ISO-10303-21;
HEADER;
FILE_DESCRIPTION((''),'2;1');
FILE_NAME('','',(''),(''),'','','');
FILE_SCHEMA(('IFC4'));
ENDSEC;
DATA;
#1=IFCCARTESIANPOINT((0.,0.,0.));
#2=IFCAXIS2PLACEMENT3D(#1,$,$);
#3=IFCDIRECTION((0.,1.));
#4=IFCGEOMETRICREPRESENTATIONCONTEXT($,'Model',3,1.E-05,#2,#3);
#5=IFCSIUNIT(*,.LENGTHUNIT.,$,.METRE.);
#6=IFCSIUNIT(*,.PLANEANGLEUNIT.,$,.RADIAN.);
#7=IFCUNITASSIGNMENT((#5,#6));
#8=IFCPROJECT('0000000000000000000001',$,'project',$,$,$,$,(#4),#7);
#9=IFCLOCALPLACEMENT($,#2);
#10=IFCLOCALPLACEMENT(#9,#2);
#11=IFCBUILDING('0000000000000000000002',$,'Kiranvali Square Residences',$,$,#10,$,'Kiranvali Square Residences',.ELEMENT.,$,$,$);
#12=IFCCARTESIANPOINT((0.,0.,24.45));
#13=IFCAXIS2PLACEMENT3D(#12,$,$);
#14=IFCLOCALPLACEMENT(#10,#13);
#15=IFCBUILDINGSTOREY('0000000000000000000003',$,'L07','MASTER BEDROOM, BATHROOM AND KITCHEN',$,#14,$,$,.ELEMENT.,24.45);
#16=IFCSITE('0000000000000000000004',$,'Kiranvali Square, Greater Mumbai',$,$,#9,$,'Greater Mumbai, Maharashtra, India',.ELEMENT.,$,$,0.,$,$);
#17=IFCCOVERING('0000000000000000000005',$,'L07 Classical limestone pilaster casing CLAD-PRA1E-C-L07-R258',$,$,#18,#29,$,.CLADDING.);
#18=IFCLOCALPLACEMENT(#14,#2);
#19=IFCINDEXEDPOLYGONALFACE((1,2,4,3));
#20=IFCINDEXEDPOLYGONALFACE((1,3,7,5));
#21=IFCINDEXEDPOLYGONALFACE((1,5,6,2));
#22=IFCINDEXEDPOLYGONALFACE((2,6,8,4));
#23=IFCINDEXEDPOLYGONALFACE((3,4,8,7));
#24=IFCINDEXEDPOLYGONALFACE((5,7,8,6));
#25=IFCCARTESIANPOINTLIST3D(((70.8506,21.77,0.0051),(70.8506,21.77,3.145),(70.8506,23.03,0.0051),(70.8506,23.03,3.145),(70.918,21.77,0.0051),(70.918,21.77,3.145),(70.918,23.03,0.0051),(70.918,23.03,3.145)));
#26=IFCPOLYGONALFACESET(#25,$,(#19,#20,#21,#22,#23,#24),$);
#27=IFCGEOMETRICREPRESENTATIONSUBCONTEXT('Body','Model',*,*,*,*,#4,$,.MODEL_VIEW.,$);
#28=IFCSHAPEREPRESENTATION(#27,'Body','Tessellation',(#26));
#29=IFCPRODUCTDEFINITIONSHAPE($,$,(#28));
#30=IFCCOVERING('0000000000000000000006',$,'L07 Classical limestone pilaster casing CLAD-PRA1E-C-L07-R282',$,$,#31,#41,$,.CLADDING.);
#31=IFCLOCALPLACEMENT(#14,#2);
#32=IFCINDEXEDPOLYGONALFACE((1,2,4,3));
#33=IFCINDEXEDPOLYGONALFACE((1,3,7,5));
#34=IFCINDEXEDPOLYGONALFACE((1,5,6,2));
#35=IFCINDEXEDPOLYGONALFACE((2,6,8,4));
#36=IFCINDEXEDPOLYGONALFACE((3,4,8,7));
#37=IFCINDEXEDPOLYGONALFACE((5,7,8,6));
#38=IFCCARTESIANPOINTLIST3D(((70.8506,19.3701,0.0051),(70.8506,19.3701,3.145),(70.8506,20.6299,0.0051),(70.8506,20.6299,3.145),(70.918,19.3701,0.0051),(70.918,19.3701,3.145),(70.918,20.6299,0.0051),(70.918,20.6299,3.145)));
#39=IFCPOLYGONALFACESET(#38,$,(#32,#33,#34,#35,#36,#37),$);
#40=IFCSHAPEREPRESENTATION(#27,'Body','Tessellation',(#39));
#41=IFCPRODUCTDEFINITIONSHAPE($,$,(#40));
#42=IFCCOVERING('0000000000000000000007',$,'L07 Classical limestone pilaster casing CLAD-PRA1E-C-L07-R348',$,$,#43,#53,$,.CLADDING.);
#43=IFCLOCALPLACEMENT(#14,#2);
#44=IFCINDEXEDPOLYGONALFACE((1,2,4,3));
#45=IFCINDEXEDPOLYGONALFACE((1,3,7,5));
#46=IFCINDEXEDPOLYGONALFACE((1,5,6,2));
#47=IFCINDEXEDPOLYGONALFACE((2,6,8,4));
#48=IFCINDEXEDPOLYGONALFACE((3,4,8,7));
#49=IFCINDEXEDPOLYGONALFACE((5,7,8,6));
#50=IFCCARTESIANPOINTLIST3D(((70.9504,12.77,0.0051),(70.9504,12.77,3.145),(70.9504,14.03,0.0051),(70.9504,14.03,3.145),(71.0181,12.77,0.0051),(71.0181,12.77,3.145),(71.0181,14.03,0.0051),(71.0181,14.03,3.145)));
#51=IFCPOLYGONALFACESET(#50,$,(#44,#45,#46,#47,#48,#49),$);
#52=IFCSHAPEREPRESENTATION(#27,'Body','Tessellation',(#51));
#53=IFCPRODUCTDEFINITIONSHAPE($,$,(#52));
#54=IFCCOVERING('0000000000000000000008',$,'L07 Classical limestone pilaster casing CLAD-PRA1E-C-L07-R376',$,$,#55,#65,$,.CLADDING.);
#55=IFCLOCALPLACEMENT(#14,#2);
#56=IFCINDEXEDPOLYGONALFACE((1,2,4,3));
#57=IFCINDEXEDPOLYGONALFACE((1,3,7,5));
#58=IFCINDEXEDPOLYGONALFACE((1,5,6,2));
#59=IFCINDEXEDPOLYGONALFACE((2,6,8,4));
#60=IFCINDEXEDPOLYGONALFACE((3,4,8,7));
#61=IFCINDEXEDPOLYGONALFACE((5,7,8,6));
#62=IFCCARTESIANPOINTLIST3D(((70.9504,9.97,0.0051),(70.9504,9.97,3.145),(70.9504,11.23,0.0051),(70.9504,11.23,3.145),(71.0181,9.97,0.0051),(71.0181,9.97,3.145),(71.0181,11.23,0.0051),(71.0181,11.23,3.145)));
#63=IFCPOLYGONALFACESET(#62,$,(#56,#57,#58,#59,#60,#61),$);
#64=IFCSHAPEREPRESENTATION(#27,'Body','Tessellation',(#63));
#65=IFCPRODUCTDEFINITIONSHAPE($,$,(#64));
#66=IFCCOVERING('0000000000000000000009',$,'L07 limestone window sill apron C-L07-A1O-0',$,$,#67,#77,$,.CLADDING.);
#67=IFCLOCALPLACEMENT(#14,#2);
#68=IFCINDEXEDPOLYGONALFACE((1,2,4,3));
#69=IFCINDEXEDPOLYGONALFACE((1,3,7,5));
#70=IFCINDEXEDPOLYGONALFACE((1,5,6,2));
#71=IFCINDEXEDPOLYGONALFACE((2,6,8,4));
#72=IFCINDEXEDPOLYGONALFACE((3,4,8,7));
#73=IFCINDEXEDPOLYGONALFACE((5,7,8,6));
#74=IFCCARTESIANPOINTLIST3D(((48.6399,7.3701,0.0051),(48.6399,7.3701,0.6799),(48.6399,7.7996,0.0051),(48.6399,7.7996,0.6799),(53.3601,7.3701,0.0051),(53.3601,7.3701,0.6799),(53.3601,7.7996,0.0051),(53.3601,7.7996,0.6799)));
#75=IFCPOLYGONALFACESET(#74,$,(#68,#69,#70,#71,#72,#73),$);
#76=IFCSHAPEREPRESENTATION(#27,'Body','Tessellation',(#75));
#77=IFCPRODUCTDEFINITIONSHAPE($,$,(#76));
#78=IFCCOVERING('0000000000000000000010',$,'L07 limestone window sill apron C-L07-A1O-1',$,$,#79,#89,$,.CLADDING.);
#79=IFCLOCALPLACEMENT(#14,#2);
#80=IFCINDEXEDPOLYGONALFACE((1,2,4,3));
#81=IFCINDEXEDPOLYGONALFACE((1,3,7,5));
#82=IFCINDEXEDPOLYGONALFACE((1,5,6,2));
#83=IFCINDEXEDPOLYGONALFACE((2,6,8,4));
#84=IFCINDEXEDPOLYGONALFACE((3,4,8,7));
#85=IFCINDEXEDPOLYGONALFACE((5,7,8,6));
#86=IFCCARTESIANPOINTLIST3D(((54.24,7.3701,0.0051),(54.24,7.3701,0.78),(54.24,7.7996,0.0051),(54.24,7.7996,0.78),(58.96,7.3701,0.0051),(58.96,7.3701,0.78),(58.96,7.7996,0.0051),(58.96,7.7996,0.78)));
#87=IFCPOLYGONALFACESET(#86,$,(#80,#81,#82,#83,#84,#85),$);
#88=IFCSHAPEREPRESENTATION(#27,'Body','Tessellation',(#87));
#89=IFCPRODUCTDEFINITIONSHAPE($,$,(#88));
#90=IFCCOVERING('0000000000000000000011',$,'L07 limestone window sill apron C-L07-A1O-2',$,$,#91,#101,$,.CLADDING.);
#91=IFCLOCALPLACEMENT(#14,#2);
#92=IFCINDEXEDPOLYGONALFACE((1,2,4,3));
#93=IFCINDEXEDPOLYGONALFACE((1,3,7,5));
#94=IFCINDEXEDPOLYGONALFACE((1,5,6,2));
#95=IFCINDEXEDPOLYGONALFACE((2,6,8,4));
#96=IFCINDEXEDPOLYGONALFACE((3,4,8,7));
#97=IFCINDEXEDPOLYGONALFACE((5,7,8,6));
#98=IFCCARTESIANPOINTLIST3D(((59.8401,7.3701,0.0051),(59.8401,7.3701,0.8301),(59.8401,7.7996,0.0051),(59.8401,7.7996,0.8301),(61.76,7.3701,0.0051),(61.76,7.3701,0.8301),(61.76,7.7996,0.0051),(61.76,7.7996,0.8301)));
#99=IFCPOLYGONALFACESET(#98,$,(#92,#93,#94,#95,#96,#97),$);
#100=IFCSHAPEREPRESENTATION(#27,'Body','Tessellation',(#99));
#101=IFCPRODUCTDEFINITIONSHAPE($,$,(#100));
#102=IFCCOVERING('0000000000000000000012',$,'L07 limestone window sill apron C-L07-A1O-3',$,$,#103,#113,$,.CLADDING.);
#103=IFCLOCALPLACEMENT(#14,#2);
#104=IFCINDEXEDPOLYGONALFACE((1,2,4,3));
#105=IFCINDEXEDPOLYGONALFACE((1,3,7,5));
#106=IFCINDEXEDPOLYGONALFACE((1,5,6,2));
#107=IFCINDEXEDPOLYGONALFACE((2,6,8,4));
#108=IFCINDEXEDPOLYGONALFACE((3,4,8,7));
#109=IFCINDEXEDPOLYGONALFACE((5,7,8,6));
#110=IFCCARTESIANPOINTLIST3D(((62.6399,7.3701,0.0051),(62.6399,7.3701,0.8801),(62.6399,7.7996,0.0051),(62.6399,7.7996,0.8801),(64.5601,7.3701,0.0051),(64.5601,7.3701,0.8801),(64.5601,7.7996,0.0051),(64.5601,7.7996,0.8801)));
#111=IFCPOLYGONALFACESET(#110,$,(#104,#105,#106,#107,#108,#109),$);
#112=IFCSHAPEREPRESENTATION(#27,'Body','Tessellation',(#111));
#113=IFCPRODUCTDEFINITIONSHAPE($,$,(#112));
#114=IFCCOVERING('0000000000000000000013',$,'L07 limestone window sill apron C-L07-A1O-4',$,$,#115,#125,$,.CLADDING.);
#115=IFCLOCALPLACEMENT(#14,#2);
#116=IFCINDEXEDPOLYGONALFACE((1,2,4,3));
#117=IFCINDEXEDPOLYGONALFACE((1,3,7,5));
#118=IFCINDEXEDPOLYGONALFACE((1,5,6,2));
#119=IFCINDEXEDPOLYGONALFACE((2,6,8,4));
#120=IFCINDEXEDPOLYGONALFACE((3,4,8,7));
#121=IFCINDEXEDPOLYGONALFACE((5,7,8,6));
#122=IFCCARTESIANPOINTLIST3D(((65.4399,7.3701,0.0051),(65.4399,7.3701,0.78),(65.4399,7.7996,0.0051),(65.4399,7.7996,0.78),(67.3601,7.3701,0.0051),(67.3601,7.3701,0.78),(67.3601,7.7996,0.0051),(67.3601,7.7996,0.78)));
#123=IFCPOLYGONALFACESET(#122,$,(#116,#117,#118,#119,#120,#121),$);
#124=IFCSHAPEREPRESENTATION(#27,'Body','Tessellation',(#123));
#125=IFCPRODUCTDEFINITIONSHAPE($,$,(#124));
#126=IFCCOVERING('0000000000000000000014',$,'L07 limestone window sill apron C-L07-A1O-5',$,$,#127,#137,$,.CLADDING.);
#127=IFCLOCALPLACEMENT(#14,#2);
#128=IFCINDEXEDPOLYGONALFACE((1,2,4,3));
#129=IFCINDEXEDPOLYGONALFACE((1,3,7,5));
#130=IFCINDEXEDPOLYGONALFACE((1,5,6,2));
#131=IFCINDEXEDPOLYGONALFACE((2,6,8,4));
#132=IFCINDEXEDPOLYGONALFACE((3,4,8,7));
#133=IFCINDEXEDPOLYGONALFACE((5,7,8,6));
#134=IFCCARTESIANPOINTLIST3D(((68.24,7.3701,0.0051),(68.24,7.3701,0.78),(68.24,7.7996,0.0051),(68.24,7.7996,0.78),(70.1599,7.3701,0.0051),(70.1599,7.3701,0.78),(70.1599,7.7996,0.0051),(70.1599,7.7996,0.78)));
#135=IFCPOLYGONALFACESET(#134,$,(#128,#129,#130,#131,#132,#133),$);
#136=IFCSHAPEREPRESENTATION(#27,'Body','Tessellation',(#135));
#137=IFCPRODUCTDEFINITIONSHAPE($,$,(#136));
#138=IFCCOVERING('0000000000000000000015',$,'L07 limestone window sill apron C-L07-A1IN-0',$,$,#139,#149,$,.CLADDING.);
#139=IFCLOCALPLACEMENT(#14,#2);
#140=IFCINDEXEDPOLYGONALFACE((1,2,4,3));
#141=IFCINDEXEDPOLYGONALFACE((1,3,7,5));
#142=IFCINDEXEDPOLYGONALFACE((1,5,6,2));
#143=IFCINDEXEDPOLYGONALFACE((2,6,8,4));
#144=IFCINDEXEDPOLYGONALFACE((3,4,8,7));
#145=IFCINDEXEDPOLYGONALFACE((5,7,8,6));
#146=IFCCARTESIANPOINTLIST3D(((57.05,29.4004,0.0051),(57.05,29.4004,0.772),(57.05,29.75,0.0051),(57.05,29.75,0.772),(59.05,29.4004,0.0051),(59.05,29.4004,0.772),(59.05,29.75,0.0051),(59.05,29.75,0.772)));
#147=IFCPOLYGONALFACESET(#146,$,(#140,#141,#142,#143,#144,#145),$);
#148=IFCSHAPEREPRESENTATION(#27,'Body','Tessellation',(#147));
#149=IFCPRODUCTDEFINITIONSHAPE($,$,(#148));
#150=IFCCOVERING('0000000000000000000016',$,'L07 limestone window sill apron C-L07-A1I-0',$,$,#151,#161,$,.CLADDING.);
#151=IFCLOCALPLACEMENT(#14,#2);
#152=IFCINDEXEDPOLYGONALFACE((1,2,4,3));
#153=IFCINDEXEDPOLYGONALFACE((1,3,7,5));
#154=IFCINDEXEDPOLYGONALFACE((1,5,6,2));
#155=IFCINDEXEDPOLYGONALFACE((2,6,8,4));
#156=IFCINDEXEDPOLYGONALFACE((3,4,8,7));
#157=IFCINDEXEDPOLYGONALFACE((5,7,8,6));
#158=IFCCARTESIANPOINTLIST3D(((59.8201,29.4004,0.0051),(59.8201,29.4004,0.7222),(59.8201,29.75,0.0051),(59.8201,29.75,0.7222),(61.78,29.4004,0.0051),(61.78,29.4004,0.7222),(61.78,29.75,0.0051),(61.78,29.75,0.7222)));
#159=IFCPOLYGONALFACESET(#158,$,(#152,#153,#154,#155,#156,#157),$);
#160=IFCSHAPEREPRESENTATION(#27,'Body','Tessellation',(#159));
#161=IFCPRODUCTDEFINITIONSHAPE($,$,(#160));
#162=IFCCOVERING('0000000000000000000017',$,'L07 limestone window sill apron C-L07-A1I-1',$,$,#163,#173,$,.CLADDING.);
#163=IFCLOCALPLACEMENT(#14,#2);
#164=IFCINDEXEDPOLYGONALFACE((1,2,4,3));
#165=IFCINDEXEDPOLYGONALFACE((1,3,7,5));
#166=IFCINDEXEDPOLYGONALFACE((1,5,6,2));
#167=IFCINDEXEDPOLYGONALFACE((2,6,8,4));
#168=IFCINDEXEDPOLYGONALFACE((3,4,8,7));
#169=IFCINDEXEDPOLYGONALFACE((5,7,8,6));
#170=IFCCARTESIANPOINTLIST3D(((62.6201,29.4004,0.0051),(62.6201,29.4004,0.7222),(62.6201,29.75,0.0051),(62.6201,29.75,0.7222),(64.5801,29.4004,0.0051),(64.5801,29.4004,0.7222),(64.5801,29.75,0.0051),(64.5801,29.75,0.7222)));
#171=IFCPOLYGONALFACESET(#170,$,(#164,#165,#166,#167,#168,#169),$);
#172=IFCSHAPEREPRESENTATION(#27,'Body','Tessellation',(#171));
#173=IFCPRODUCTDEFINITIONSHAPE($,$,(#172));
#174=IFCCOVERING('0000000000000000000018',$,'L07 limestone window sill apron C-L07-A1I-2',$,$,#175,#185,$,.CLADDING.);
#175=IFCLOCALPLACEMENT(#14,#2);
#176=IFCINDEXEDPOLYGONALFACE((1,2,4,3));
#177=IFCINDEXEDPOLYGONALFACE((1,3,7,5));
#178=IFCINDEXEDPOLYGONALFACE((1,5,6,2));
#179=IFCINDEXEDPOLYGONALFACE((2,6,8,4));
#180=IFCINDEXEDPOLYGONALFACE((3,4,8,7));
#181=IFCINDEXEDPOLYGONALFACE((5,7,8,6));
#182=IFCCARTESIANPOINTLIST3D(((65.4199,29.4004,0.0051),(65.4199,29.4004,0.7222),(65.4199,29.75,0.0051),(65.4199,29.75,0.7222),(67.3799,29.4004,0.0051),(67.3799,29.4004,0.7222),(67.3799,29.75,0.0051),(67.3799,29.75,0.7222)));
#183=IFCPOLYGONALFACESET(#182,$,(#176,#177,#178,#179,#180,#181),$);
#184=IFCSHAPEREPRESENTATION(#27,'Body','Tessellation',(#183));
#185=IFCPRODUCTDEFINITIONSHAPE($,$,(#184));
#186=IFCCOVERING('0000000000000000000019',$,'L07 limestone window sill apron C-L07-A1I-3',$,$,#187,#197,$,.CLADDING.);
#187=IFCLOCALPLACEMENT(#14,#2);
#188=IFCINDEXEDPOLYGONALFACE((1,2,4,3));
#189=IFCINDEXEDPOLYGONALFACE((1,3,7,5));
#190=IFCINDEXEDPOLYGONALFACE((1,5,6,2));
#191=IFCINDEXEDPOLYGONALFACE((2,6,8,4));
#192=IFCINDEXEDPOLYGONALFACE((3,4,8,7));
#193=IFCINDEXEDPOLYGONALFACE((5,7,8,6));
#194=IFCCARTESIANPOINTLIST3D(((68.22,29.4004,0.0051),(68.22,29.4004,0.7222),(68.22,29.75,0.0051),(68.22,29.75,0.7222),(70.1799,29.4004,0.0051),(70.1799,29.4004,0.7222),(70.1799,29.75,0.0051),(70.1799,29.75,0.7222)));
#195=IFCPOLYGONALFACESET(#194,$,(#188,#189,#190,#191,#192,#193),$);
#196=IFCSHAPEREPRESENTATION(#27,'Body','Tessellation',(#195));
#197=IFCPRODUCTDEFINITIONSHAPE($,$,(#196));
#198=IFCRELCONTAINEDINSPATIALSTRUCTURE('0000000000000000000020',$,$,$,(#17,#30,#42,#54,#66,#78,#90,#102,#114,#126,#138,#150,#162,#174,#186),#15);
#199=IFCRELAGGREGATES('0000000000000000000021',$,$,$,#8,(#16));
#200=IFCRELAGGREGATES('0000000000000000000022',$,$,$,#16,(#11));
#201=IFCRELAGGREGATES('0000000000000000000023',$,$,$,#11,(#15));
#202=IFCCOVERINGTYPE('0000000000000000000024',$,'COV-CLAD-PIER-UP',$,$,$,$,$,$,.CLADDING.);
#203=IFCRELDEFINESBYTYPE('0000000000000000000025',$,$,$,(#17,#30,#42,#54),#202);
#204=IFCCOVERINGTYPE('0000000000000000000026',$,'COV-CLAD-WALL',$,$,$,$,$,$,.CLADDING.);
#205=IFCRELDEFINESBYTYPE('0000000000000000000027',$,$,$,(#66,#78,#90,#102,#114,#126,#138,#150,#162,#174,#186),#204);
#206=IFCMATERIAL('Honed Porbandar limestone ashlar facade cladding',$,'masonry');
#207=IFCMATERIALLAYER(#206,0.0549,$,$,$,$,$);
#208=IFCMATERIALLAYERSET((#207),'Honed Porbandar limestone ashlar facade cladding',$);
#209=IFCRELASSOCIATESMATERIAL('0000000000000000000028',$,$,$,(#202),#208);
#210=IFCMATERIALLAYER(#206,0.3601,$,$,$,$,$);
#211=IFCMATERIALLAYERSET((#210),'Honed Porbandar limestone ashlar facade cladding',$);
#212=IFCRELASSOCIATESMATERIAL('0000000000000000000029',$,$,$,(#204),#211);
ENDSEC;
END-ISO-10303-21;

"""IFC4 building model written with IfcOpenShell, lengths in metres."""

from ifc_helpers import new_model, si_unit, direction, frame, origin, place, context, subcontext, project, spatial, polyline, outline, extrude, material, layer, layer_set, type_object, element, save


model = new_model("IFC4")

# Units and contexts
model_context = context("Model", 3, precision=1e-05, world=origin(), true_north=direction((0.0, 1.0)))
body_context = subcontext(model_context, "Body", "Model", "MODEL_VIEW")
ifc_project = project(units=[si_unit("LENGTHUNIT", "METRE"), si_unit("PLANEANGLEUNIT", "RADIAN")], contexts=[model_context])

# Site, building, storey
site_placement = place(None, origin())
site = spatial("IfcSite", under=ifc_project, at=site_placement, Name="Kiranvali Square, Greater Mumbai", LongName="Greater Mumbai, Maharashtra, India", CompositionType="ELEMENT", RefElevation=0.0)
building_placement = place(site_placement, origin())
building = spatial("IfcBuilding", under=site, at=building_placement, Name="Kiranvali Square Residences", LongName="Kiranvali Square Residences", CompositionType="ELEMENT")
storey_placement = place(building_placement, frame((0.0, 0.0, 24.45)))
storey = spatial("IfcBuildingStorey", under=building, at=storey_placement, Name="L07", Description="MASTER BEDROOM, BATHROOM AND KITCHEN", CompositionType="ELEMENT", Elevation=24.45)

# Coverings
ifc_material = material(Name="Honed Porbandar limestone ashlar facade cladding", Category="masonry")
ifc_layer_1 = layer(ifc_material, 0.0549)
ifc_layer_set_1 = layer_set([ifc_layer_1], Name="Honed Porbandar limestone ashlar facade cladding")
covering_type_1 = type_object("IfcCoveringType", Name="COV-CLAD-PIER-UP", PredefinedType="CLADDING", material=ifc_layer_set_1)
covering_1_placement = place(storey_placement, frame((0.0, 0.0, 0.0051)))
element("IfcCovering", 1, at=covering_1_placement, inside=storey, type_object=covering_type_1, Name="L07 Classical limestone pilaster casing CLAD-PRA1E-C-L07-R258", PredefinedType="CLADDING", context=body_context, shape_type="SweptSolid", body=[
    extrude(outline(polyline([(70.8506, 23.03), (70.8506, 21.77), (70.918, 21.77), (70.918, 23.03), (70.8506, 23.03)])), origin(), (0.0, 0.0, 1.0), 3.1399),
])
covering_2_placement = place(storey_placement, frame((0.0, 0.0, 0.0051)))
element("IfcCovering", 2, at=covering_2_placement, inside=storey, type_object=covering_type_1, Name="L07 Classical limestone pilaster casing CLAD-PRA1E-C-L07-R282", PredefinedType="CLADDING", context=body_context, shape_type="SweptSolid", body=[
    extrude(outline(polyline([(70.8506, 20.6299), (70.8506, 19.3701), (70.918, 19.3701), (70.918, 20.6299), (70.8506, 20.6299)])), origin(), (0.0, 0.0, 1.0), 3.1399),
])
covering_3_placement = place(storey_placement, frame((0.0, 0.0, 0.0051)))
element("IfcCovering", 3, at=covering_3_placement, inside=storey, type_object=covering_type_1, Name="L07 Classical limestone pilaster casing CLAD-PRA1E-C-L07-R348", PredefinedType="CLADDING", context=body_context, shape_type="SweptSolid", body=[
    extrude(outline(polyline([(70.9504, 14.03), (70.9504, 12.77), (71.0181, 12.77), (71.0181, 14.03), (70.9504, 14.03)])), origin(), (0.0, 0.0, 1.0), 3.1399),
])
covering_4_placement = place(storey_placement, frame((0.0, 0.0, 0.0051)))
element("IfcCovering", 4, at=covering_4_placement, inside=storey, type_object=covering_type_1, Name="L07 Classical limestone pilaster casing CLAD-PRA1E-C-L07-R376", PredefinedType="CLADDING", context=body_context, shape_type="SweptSolid", body=[
    extrude(outline(polyline([(70.9504, 11.23), (70.9504, 9.97), (71.0181, 9.97), (71.0181, 11.23), (70.9504, 11.23)])), origin(), (0.0, 0.0, 1.0), 3.1399),
])
ifc_layer_2 = layer(ifc_material, 0.3601)
ifc_layer_set_2 = layer_set([ifc_layer_2], Name="Honed Porbandar limestone ashlar facade cladding")
covering_type_2 = type_object("IfcCoveringType", Name="COV-CLAD-WALL", PredefinedType="CLADDING", material=ifc_layer_set_2)
covering_5_placement = place(storey_placement, frame((0.0, 0.0, 0.0051)))
element("IfcCovering", 5, at=covering_5_placement, inside=storey, type_object=covering_type_2, Name="L07 limestone window sill apron C-L07-A1O-0", PredefinedType="CLADDING", context=body_context, shape_type="SweptSolid", body=[
    extrude(outline(polyline([(48.6399, 7.3701), (53.3601, 7.3701), (53.3601, 7.7996), (48.6399, 7.7996), (48.6399, 7.3701)])), origin(), (0.0, 0.0, 1.0), 0.6748),
])
covering_6_placement = place(storey_placement, frame((0.0, 0.0, 0.0051)))
element("IfcCovering", 6, at=covering_6_placement, inside=storey, type_object=covering_type_2, Name="L07 limestone window sill apron C-L07-A1O-1", PredefinedType="CLADDING", context=body_context, shape_type="SweptSolid", body=[
    extrude(outline(polyline([(54.24, 7.3701), (58.96, 7.3701), (58.96, 7.7996), (54.24, 7.7996), (54.24, 7.3701)])), origin(), (0.0, 0.0, 1.0), 0.7749),
])
covering_7_placement = place(storey_placement, frame((0.0, 0.0, 0.0051)))
element("IfcCovering", 7, at=covering_7_placement, inside=storey, type_object=covering_type_2, Name="L07 limestone window sill apron C-L07-A1O-2", PredefinedType="CLADDING", context=body_context, shape_type="SweptSolid", body=[
    extrude(outline(polyline([(59.8401, 7.3701), (61.76, 7.3701), (61.76, 7.7996), (59.8401, 7.7996), (59.8401, 7.3701)])), origin(), (0.0, 0.0, 1.0), 0.825),
])
covering_8_placement = place(storey_placement, frame((0.0, 0.0, 0.0051)))
element("IfcCovering", 8, at=covering_8_placement, inside=storey, type_object=covering_type_2, Name="L07 limestone window sill apron C-L07-A1O-3", PredefinedType="CLADDING", context=body_context, shape_type="SweptSolid", body=[
    extrude(outline(polyline([(62.6399, 7.3701), (64.5601, 7.3701), (64.5601, 7.7996), (62.6399, 7.7996), (62.6399, 7.3701)])), origin(), (0.0, 0.0, 1.0), 0.875),
])
covering_9_placement = place(storey_placement, frame((0.0, 0.0, 0.0051)))
element("IfcCovering", 9, at=covering_9_placement, inside=storey, type_object=covering_type_2, Name="L07 limestone window sill apron C-L07-A1O-4", PredefinedType="CLADDING", context=body_context, shape_type="SweptSolid", body=[
    extrude(outline(polyline([(65.4399, 7.3701), (67.3601, 7.3701), (67.3601, 7.7996), (65.4399, 7.7996), (65.4399, 7.3701)])), origin(), (0.0, 0.0, 1.0), 0.7749),
])
covering_10_placement = place(storey_placement, frame((0.0, 0.0, 0.0051)))
element("IfcCovering", 10, at=covering_10_placement, inside=storey, type_object=covering_type_2, Name="L07 limestone window sill apron C-L07-A1O-5", PredefinedType="CLADDING", context=body_context, shape_type="SweptSolid", body=[
    extrude(outline(polyline([(68.24, 7.3701), (70.1599, 7.3701), (70.1599, 7.7996), (68.24, 7.7996), (68.24, 7.3701)])), origin(), (0.0, 0.0, 1.0), 0.7749),
])
covering_11_placement = place(storey_placement, frame((0.0, 0.0, 0.0051)))
element("IfcCovering", 11, at=covering_11_placement, inside=storey, type_object=covering_type_2, Name="L07 limestone window sill apron C-L07-A1IN-0", PredefinedType="CLADDING", context=body_context, shape_type="SweptSolid", body=[
    extrude(outline(polyline([(57.05, 29.4004), (59.05, 29.4004), (59.05, 29.75), (57.05, 29.75), (57.05, 29.4004)])), origin(), (0.0, 0.0, 1.0), 0.7668),
])
covering_12_placement = place(storey_placement, frame((0.0, 0.0, 0.0051)))
element("IfcCovering", 12, at=covering_12_placement, inside=storey, type_object=covering_type_2, Name="L07 limestone window sill apron C-L07-A1I-0", PredefinedType="CLADDING", context=body_context, shape_type="SweptSolid", body=[
    extrude(outline(polyline([(59.8201, 29.4004), (61.78, 29.4004), (61.78, 29.75), (59.8201, 29.75), (59.8201, 29.4004)])), origin(), (0.0, 0.0, 1.0), 0.717),
])
covering_13_placement = place(storey_placement, frame((0.0, 0.0, 0.0051)))
element("IfcCovering", 13, at=covering_13_placement, inside=storey, type_object=covering_type_2, Name="L07 limestone window sill apron C-L07-A1I-1", PredefinedType="CLADDING", context=body_context, shape_type="SweptSolid", body=[
    extrude(outline(polyline([(62.6201, 29.4004), (64.5801, 29.4004), (64.5801, 29.75), (62.6201, 29.75), (62.6201, 29.4004)])), origin(), (0.0, 0.0, 1.0), 0.717),
])
covering_14_placement = place(storey_placement, frame((0.0, 0.0, 0.0051)))
element("IfcCovering", 14, at=covering_14_placement, inside=storey, type_object=covering_type_2, Name="L07 limestone window sill apron C-L07-A1I-2", PredefinedType="CLADDING", context=body_context, shape_type="SweptSolid", body=[
    extrude(outline(polyline([(65.4199, 29.4004), (67.3799, 29.4004), (67.3799, 29.75), (65.4199, 29.75), (65.4199, 29.4004)])), origin(), (0.0, 0.0, 1.0), 0.717),
])
covering_15_placement = place(storey_placement, frame((0.0, 0.0, 0.0051)))
element("IfcCovering", 15, at=covering_15_placement, inside=storey, type_object=covering_type_2, Name="L07 limestone window sill apron C-L07-A1I-3", PredefinedType="CLADDING", context=body_context, shape_type="SweptSolid", body=[
    extrude(outline(polyline([(68.22, 29.4004), (70.1799, 29.4004), (70.1799, 29.75), (68.22, 29.75), (68.22, 29.4004)])), origin(), (0.0, 0.0, 1.0), 0.717),
])

save(model, "model.ifc")
